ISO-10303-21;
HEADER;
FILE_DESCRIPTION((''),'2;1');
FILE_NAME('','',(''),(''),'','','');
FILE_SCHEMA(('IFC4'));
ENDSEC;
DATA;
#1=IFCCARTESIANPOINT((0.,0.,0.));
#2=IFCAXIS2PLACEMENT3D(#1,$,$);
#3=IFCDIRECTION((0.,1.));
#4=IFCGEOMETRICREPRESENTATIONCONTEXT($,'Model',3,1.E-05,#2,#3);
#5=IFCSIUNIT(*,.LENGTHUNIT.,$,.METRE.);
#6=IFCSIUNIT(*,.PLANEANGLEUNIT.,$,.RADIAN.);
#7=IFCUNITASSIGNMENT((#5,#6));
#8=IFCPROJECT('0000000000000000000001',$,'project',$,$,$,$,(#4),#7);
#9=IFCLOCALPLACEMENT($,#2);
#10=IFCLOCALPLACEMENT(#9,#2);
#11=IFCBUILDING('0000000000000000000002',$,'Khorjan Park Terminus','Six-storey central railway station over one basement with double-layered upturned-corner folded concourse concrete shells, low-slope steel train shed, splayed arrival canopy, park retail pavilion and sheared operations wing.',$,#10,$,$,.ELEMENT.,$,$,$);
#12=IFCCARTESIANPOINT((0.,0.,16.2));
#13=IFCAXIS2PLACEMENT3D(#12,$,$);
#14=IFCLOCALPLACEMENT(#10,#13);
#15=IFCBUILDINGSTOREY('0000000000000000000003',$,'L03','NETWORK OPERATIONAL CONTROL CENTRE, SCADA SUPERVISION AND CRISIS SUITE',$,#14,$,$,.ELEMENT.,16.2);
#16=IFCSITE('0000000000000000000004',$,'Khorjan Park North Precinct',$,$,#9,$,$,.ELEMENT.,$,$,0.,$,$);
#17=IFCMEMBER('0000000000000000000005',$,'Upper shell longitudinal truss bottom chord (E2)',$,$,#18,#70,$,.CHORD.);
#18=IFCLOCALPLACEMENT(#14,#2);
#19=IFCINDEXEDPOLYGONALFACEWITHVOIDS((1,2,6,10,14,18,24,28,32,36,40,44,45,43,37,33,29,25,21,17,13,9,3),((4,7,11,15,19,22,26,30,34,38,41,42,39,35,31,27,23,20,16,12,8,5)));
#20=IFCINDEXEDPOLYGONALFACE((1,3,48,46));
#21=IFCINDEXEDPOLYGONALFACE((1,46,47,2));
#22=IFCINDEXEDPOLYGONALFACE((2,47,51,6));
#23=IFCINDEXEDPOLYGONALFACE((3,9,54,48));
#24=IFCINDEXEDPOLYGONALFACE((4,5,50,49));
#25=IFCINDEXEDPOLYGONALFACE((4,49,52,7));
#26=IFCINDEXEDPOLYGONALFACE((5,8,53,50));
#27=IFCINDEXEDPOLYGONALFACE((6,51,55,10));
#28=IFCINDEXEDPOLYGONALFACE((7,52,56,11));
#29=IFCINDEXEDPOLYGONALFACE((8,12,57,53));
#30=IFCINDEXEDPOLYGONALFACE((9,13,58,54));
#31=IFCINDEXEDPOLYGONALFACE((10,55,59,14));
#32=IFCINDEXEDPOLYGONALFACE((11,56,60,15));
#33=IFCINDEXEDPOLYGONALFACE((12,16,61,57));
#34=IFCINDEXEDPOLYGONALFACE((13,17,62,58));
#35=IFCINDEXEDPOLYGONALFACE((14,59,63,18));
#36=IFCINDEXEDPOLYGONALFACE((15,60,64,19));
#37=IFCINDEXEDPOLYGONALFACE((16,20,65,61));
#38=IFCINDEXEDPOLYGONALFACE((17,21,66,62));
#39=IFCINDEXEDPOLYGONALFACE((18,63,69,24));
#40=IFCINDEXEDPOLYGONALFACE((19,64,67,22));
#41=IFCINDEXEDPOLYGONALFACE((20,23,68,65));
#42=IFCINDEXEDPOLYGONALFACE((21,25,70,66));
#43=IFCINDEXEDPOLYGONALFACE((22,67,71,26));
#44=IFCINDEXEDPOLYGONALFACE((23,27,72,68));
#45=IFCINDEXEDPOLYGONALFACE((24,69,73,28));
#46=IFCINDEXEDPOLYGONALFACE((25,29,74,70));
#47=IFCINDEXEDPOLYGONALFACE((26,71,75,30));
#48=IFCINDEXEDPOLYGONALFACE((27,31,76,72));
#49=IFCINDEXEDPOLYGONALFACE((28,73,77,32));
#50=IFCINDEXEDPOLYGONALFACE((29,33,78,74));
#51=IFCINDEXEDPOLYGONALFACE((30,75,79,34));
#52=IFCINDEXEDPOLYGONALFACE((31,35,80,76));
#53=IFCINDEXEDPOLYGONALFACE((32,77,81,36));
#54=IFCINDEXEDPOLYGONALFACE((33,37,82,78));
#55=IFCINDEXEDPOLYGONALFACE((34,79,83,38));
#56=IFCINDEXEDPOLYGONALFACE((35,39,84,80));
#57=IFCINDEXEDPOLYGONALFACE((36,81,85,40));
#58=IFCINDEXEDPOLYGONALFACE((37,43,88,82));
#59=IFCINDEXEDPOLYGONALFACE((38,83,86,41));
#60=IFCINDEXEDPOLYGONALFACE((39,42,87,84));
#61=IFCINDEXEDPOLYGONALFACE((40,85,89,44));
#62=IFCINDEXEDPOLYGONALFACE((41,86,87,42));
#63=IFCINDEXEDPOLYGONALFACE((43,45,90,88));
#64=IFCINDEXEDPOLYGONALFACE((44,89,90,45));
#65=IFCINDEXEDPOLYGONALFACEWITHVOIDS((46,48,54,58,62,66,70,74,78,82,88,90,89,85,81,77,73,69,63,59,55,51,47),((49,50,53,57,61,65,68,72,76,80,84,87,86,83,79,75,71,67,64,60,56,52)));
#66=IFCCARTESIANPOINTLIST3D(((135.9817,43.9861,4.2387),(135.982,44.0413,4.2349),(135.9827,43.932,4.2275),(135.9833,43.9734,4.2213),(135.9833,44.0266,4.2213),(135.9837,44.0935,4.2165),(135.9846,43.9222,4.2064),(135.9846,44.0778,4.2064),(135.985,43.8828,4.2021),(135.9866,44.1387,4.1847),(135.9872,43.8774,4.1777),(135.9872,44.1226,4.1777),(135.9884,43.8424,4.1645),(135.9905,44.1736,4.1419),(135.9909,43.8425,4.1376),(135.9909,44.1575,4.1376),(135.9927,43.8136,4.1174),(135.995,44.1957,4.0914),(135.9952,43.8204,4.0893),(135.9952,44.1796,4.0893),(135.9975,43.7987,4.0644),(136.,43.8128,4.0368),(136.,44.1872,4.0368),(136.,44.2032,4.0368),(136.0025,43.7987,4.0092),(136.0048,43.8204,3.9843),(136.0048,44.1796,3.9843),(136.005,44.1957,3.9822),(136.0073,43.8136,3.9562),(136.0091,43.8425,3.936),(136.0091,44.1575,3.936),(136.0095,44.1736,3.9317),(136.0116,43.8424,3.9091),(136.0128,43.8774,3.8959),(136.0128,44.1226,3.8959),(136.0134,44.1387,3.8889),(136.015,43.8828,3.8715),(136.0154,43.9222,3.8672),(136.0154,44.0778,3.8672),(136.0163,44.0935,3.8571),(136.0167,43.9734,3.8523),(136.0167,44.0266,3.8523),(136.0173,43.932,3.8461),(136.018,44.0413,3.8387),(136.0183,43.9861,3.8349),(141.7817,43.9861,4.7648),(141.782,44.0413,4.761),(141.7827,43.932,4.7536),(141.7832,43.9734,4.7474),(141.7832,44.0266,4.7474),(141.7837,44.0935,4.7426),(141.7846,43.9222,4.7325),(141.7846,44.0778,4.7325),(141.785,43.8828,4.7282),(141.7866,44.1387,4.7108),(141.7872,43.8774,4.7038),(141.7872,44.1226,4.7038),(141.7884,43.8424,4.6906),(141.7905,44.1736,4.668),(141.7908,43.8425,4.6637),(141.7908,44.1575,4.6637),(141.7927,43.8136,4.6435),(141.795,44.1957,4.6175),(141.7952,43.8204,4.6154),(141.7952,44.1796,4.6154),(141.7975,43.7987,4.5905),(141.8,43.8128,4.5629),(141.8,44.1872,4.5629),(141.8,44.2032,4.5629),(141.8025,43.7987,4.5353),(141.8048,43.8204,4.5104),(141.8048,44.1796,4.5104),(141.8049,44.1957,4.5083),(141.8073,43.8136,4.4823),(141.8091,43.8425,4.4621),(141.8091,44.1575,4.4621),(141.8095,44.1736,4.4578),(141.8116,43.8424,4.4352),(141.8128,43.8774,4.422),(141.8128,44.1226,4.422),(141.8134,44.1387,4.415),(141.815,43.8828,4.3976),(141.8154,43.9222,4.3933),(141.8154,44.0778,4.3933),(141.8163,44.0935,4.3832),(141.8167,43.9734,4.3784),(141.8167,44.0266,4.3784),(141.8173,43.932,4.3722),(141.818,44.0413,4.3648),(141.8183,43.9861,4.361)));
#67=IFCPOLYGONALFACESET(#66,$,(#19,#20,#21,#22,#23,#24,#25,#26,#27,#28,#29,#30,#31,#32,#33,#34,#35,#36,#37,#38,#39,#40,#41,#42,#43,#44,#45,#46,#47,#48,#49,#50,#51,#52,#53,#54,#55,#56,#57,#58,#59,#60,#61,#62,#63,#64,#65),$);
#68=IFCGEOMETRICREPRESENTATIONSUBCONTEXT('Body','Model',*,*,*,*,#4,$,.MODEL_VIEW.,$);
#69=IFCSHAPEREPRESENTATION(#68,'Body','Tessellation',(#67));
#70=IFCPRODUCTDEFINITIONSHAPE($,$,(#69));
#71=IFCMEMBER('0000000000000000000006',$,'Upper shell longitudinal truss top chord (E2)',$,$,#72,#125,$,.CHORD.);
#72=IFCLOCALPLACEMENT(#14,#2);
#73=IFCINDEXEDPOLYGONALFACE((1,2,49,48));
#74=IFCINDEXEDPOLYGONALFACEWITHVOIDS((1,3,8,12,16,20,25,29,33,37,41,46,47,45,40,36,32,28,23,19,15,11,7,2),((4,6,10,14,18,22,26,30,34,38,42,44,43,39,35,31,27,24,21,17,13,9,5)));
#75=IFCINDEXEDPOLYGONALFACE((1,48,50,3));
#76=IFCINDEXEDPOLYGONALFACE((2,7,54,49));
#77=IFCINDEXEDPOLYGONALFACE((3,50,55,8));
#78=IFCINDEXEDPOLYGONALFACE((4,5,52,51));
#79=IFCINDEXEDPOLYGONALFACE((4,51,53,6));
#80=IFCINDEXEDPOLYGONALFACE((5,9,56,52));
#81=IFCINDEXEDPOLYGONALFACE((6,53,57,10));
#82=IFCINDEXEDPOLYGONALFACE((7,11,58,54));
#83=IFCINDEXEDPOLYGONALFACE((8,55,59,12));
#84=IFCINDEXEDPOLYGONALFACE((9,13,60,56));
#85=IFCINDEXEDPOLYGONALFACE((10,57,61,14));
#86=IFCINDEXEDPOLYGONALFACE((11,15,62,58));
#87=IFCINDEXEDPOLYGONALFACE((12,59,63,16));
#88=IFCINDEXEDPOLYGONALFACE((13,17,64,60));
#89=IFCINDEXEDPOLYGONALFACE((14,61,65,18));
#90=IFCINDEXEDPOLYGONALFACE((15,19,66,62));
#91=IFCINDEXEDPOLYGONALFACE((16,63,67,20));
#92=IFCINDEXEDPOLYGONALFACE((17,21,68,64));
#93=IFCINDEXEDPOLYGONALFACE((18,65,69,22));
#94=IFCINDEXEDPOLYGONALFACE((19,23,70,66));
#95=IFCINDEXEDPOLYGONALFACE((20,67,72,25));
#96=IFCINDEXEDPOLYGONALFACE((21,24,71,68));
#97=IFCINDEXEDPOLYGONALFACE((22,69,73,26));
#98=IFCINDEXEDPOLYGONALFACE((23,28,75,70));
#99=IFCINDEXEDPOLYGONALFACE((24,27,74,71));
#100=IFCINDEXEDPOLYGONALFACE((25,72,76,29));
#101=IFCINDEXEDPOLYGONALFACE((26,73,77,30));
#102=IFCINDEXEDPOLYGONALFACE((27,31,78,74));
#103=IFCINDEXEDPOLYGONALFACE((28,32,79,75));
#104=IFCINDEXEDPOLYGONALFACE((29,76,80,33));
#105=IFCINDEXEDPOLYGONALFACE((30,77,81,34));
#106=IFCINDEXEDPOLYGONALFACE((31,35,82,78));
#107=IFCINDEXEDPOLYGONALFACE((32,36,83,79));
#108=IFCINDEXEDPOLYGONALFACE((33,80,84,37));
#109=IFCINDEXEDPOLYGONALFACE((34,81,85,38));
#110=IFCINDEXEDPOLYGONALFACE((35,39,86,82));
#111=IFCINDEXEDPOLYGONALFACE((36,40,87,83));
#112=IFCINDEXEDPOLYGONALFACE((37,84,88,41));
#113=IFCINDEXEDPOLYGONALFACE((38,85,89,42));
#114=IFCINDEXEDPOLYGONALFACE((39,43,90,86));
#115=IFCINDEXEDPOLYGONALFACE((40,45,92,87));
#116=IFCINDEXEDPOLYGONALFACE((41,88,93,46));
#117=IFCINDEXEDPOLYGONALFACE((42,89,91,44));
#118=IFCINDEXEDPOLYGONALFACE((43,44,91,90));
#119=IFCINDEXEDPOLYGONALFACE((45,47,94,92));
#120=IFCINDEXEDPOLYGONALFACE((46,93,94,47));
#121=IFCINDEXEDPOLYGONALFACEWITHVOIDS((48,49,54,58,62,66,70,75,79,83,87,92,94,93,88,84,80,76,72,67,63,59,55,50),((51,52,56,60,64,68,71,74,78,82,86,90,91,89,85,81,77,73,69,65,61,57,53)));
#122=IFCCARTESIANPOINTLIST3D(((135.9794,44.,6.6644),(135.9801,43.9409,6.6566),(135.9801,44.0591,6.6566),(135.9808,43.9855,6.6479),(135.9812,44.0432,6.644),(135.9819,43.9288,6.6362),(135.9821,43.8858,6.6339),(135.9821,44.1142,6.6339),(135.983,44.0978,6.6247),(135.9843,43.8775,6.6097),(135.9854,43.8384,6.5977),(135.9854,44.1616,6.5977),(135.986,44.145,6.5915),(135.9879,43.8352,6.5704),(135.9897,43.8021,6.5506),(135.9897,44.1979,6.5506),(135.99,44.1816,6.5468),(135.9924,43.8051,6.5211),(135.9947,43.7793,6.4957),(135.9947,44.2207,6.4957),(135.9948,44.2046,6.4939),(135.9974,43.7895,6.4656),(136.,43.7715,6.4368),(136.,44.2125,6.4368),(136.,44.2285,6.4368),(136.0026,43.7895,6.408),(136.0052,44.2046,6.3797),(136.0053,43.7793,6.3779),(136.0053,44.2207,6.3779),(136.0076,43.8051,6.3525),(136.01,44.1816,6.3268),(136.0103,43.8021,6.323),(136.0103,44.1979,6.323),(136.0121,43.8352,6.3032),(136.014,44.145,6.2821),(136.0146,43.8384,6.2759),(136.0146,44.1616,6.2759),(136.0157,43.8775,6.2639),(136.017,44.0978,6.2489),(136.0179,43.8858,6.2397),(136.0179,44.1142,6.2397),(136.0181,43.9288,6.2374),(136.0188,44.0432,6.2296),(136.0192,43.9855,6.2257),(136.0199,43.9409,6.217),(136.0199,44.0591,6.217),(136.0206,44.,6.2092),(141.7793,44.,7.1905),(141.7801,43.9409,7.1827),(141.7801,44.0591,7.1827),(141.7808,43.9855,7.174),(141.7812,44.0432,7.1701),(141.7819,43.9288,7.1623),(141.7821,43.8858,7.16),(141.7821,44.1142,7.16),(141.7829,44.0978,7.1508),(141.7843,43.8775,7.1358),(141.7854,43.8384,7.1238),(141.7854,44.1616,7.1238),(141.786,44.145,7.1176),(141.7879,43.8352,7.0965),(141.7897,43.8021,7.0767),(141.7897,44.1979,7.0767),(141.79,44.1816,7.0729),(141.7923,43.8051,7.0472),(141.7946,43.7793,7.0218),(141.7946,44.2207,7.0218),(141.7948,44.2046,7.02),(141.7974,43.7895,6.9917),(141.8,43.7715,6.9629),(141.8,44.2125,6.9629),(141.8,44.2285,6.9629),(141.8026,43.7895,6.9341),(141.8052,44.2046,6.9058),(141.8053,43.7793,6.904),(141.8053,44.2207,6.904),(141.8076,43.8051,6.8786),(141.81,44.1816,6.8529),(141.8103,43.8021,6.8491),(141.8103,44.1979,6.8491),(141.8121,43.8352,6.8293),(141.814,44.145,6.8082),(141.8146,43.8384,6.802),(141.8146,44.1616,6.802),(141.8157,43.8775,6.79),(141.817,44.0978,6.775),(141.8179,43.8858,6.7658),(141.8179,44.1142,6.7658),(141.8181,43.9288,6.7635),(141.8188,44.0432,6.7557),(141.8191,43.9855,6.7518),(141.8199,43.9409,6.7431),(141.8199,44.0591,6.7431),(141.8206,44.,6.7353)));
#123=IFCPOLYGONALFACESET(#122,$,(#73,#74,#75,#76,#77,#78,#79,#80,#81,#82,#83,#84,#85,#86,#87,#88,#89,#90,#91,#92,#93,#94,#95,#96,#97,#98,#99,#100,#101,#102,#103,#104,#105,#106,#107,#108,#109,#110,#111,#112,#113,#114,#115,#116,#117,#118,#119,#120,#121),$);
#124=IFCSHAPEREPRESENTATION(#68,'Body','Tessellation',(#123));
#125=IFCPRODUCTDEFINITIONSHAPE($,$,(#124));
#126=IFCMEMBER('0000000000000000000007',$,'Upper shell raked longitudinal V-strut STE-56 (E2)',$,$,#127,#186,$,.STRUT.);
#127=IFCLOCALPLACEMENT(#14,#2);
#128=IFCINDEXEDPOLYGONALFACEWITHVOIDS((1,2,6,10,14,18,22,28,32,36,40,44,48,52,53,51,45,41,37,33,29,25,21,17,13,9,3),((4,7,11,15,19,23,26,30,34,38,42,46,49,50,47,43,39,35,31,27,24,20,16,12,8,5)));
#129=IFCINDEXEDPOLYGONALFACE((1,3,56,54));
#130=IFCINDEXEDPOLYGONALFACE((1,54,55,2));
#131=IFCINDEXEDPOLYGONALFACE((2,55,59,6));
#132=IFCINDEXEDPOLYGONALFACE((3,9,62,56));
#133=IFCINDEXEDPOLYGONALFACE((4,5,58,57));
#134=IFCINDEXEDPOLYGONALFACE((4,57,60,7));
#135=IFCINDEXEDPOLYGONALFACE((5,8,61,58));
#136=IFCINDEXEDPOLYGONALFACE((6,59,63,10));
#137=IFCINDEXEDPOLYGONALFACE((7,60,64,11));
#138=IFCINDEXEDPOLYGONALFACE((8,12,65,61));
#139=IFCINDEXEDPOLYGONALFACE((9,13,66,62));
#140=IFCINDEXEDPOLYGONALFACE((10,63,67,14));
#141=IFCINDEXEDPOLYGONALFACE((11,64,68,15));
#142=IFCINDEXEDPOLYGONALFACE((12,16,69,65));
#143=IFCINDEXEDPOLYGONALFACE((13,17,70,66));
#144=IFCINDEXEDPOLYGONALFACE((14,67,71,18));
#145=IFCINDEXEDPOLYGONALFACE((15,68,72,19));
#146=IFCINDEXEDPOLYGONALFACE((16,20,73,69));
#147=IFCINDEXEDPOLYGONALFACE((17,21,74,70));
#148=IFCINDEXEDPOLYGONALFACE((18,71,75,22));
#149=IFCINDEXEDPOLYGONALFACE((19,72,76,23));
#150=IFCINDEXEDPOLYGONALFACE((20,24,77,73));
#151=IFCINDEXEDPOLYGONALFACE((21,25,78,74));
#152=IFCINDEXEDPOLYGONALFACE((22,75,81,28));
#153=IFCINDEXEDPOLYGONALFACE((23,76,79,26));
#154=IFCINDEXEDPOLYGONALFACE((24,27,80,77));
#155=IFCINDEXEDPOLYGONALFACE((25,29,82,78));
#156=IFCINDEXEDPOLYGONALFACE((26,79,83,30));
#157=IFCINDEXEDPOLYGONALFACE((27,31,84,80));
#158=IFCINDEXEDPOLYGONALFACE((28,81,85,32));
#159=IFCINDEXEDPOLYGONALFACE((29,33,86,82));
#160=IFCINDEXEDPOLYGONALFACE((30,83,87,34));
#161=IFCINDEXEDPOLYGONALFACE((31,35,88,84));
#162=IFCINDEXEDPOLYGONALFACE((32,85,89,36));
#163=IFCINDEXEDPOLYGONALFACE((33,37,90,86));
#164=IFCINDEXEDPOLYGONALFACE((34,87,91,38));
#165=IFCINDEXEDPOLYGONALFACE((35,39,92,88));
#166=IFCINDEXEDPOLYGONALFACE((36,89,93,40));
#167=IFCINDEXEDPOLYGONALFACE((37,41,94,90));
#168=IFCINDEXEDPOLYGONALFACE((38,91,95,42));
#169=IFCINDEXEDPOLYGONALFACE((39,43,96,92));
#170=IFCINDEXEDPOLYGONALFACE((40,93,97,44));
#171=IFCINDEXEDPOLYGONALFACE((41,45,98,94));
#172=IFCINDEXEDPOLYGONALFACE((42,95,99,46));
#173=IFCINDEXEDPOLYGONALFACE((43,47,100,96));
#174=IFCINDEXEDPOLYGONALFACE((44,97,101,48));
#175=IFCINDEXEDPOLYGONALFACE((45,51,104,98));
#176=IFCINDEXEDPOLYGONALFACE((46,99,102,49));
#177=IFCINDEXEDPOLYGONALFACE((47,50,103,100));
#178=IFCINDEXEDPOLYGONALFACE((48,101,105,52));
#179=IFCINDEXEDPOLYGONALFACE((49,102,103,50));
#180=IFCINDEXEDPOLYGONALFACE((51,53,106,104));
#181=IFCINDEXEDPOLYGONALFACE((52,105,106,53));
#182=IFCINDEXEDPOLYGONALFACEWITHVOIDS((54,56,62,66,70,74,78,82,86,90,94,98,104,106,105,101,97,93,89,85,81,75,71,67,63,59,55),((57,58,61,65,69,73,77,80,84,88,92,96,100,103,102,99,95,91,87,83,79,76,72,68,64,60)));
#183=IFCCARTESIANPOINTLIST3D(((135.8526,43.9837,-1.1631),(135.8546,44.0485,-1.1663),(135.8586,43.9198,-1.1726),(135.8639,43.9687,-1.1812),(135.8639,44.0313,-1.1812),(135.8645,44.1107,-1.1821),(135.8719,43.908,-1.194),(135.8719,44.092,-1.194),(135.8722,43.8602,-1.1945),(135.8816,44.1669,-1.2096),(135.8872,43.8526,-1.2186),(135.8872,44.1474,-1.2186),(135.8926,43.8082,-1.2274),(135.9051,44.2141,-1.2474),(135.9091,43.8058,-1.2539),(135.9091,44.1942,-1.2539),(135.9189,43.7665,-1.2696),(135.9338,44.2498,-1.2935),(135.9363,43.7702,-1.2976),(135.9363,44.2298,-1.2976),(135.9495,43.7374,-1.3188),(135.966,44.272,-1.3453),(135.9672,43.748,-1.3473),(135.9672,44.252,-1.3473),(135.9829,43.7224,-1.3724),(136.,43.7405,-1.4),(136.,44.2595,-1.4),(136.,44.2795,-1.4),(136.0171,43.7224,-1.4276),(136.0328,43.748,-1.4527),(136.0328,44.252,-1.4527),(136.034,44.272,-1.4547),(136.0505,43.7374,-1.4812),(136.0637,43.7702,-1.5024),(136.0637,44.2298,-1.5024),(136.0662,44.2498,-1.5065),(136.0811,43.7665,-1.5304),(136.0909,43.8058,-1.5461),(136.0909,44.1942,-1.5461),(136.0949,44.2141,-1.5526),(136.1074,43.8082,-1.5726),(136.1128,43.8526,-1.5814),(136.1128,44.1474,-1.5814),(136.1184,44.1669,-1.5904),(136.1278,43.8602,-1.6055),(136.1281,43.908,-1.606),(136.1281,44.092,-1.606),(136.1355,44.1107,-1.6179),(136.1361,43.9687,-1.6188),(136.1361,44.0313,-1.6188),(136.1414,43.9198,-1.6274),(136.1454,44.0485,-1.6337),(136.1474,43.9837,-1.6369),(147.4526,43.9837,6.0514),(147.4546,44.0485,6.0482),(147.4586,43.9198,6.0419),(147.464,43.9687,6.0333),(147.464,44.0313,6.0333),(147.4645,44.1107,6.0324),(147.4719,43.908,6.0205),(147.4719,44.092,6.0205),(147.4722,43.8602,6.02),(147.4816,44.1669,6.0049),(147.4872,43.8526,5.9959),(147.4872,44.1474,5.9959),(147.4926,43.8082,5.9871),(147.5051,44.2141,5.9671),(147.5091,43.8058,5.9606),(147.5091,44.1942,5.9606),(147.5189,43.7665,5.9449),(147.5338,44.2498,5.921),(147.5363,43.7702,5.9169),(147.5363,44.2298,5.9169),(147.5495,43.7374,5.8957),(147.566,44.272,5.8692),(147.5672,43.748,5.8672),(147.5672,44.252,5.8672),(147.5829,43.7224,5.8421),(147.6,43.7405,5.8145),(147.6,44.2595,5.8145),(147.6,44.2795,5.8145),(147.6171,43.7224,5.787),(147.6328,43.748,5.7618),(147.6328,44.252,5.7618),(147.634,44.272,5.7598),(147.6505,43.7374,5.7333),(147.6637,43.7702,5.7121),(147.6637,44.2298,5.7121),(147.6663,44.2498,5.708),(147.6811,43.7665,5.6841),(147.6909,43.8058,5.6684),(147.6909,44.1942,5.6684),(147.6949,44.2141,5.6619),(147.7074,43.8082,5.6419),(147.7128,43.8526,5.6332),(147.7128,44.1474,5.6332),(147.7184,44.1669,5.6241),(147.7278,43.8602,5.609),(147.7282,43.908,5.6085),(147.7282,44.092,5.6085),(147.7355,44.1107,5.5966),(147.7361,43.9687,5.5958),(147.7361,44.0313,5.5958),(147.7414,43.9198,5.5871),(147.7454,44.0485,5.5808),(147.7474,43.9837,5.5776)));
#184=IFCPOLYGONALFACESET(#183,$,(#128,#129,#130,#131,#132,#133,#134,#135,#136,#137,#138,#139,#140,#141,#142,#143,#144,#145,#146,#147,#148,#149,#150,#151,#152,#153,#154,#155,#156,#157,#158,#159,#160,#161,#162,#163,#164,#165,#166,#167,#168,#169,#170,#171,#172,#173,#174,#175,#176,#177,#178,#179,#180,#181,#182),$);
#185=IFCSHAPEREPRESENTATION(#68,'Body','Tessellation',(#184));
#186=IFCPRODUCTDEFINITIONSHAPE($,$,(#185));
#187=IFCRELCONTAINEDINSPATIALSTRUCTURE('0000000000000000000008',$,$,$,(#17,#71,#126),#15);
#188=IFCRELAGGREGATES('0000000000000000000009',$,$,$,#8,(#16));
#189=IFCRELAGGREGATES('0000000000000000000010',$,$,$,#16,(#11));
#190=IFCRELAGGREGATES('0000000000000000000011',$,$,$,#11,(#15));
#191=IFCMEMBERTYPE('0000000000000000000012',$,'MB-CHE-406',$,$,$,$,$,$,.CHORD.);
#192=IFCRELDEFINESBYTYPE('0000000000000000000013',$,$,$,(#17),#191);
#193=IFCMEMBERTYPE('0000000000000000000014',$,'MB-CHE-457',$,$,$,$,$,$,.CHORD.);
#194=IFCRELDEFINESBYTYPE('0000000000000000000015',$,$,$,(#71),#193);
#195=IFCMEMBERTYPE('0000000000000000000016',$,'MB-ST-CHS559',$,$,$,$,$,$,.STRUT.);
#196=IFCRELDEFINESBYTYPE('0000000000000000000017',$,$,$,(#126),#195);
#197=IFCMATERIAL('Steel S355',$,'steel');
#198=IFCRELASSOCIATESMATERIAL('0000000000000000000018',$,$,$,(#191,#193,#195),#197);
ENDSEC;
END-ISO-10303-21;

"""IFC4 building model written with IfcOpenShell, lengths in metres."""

from ifc_helpers import new_model, si_unit, direction, frame, origin, origin_2d, place, context, subcontext, project, spatial, hollow_circle, extrude, material, material_profile, profile_set, type_object, element, save


model = new_model("IFC4")

# Units and contexts
model_context = context("Model", 3, precision=1e-05, world=origin(), true_north=direction((0.0, 1.0)))
body_context = subcontext(model_context, "Body", "Model", "MODEL_VIEW")
ifc_project = project(units=[si_unit("LENGTHUNIT", "METRE"), si_unit("PLANEANGLEUNIT", "RADIAN")], contexts=[model_context])

# Site, building, storey
site_placement = place(None, origin())
site = spatial("IfcSite", under=ifc_project, at=site_placement, Name="Khorjan Park North Precinct", CompositionType="ELEMENT", RefElevation=0.0)
building_placement = place(site_placement, origin())
building = spatial("IfcBuilding", under=site, at=building_placement, Name="Khorjan Park Terminus", Description="Six-storey central railway station over one basement with double-layered upturned-corner folded concourse concrete shells, low-slope steel train shed, splayed arrival canopy, park retail pavilion and sheared operations wing.", CompositionType="ELEMENT")
storey_placement = place(building_placement, frame((0.0, 0.0, 16.2)))
storey = spatial("IfcBuildingStorey", under=building, at=storey_placement, Name="L03", Description="NETWORK OPERATIONAL CONTROL CENTRE, SCADA SUPERVISION AND CRISIS SUITE", CompositionType="ELEMENT", Elevation=16.2)

# Members
ifc_material_1 = material(Name="Steel S355", Category="steel")
ifc_material_profile_1 = material_profile(ifc_material_1, hollow_circle(Radius=0.2032, WallThickness=0.016, at=origin_2d()), Name="CHS 406.4x16")
ifc_profile_set_1 = profile_set([ifc_material_profile_1], Name="Steel S355")
member_type_1 = type_object("IfcMemberType", Name="MB-CHE-406", PredefinedType="CHORD", material=ifc_profile_set_1)
member_1_placement = place(storey_placement, frame((136.0, 44.0, 4.0368), z_axis=(0.995911, 0.0, 0.090336), x_axis=(0.0, 1.0, 0.0)))
element("IfcMember", 1, at=member_1_placement, inside=storey, type_object=member_type_1, Name="Upper shell longitudinal truss bottom chord (E2)", PredefinedType="CHORD", context=body_context, shape_type="SweptSolid", body=[
    extrude(hollow_circle(Radius=0.2032, WallThickness=0.016, at=origin_2d()), origin(), (0.0, 0.0, 1.0), 5.8238),
])
ifc_material_profile_2 = material_profile(ifc_material_1, hollow_circle(Radius=0.2285, WallThickness=0.016, at=origin_2d()), Name="CHS 457x16")
ifc_profile_set_2 = profile_set([ifc_material_profile_2], Name="Steel S355")
member_type_2 = type_object("IfcMemberType", Name="MB-CHE-457", PredefinedType="CHORD", material=ifc_profile_set_2)
member_2_placement = place(storey_placement, frame((136.0, 44.0, 6.4368), z_axis=(0.995911, 0.0, 0.090336), x_axis=(0.0, 1.0, 0.0)))
element("IfcMember", 2, at=member_2_placement, inside=storey, type_object=member_type_2, Name="Upper shell longitudinal truss top chord (E2)", PredefinedType="CHORD", context=body_context, shape_type="SweptSolid", body=[
    extrude(hollow_circle(Radius=0.2285, WallThickness=0.016, at=origin_2d()), origin(), (0.0, 0.0, 1.0), 5.8238),
])
ifc_material_profile_3 = material_profile(ifc_material_1, hollow_circle(Radius=0.2795, WallThickness=0.02, at=origin_2d()), Name="CHS 559x20")
ifc_profile_set_3 = profile_set([ifc_material_profile_3], Name="Steel S355")
member_type_3 = type_object("IfcMemberType", Name="MB-ST-CHS559", PredefinedType="STRUT", material=ifc_profile_set_3)
member_3_placement = place(storey_placement, frame((136.0, 44.0, -1.4), z_axis=(0.849164, 0.0, 0.528129), x_axis=(0.0, 1.0, 0.0)))
element("IfcMember", 3, at=member_3_placement, inside=storey, type_object=member_type_3, Name="Upper shell raked longitudinal V-strut STE-56 (E2)", PredefinedType="STRUT", context=body_context, shape_type="SweptSolid", body=[
    extrude(hollow_circle(Radius=0.2795, WallThickness=0.02, at=origin_2d()), origin(), (0.0, 0.0, 1.0), 13.6605),
])

save(model, "model.ifc")
